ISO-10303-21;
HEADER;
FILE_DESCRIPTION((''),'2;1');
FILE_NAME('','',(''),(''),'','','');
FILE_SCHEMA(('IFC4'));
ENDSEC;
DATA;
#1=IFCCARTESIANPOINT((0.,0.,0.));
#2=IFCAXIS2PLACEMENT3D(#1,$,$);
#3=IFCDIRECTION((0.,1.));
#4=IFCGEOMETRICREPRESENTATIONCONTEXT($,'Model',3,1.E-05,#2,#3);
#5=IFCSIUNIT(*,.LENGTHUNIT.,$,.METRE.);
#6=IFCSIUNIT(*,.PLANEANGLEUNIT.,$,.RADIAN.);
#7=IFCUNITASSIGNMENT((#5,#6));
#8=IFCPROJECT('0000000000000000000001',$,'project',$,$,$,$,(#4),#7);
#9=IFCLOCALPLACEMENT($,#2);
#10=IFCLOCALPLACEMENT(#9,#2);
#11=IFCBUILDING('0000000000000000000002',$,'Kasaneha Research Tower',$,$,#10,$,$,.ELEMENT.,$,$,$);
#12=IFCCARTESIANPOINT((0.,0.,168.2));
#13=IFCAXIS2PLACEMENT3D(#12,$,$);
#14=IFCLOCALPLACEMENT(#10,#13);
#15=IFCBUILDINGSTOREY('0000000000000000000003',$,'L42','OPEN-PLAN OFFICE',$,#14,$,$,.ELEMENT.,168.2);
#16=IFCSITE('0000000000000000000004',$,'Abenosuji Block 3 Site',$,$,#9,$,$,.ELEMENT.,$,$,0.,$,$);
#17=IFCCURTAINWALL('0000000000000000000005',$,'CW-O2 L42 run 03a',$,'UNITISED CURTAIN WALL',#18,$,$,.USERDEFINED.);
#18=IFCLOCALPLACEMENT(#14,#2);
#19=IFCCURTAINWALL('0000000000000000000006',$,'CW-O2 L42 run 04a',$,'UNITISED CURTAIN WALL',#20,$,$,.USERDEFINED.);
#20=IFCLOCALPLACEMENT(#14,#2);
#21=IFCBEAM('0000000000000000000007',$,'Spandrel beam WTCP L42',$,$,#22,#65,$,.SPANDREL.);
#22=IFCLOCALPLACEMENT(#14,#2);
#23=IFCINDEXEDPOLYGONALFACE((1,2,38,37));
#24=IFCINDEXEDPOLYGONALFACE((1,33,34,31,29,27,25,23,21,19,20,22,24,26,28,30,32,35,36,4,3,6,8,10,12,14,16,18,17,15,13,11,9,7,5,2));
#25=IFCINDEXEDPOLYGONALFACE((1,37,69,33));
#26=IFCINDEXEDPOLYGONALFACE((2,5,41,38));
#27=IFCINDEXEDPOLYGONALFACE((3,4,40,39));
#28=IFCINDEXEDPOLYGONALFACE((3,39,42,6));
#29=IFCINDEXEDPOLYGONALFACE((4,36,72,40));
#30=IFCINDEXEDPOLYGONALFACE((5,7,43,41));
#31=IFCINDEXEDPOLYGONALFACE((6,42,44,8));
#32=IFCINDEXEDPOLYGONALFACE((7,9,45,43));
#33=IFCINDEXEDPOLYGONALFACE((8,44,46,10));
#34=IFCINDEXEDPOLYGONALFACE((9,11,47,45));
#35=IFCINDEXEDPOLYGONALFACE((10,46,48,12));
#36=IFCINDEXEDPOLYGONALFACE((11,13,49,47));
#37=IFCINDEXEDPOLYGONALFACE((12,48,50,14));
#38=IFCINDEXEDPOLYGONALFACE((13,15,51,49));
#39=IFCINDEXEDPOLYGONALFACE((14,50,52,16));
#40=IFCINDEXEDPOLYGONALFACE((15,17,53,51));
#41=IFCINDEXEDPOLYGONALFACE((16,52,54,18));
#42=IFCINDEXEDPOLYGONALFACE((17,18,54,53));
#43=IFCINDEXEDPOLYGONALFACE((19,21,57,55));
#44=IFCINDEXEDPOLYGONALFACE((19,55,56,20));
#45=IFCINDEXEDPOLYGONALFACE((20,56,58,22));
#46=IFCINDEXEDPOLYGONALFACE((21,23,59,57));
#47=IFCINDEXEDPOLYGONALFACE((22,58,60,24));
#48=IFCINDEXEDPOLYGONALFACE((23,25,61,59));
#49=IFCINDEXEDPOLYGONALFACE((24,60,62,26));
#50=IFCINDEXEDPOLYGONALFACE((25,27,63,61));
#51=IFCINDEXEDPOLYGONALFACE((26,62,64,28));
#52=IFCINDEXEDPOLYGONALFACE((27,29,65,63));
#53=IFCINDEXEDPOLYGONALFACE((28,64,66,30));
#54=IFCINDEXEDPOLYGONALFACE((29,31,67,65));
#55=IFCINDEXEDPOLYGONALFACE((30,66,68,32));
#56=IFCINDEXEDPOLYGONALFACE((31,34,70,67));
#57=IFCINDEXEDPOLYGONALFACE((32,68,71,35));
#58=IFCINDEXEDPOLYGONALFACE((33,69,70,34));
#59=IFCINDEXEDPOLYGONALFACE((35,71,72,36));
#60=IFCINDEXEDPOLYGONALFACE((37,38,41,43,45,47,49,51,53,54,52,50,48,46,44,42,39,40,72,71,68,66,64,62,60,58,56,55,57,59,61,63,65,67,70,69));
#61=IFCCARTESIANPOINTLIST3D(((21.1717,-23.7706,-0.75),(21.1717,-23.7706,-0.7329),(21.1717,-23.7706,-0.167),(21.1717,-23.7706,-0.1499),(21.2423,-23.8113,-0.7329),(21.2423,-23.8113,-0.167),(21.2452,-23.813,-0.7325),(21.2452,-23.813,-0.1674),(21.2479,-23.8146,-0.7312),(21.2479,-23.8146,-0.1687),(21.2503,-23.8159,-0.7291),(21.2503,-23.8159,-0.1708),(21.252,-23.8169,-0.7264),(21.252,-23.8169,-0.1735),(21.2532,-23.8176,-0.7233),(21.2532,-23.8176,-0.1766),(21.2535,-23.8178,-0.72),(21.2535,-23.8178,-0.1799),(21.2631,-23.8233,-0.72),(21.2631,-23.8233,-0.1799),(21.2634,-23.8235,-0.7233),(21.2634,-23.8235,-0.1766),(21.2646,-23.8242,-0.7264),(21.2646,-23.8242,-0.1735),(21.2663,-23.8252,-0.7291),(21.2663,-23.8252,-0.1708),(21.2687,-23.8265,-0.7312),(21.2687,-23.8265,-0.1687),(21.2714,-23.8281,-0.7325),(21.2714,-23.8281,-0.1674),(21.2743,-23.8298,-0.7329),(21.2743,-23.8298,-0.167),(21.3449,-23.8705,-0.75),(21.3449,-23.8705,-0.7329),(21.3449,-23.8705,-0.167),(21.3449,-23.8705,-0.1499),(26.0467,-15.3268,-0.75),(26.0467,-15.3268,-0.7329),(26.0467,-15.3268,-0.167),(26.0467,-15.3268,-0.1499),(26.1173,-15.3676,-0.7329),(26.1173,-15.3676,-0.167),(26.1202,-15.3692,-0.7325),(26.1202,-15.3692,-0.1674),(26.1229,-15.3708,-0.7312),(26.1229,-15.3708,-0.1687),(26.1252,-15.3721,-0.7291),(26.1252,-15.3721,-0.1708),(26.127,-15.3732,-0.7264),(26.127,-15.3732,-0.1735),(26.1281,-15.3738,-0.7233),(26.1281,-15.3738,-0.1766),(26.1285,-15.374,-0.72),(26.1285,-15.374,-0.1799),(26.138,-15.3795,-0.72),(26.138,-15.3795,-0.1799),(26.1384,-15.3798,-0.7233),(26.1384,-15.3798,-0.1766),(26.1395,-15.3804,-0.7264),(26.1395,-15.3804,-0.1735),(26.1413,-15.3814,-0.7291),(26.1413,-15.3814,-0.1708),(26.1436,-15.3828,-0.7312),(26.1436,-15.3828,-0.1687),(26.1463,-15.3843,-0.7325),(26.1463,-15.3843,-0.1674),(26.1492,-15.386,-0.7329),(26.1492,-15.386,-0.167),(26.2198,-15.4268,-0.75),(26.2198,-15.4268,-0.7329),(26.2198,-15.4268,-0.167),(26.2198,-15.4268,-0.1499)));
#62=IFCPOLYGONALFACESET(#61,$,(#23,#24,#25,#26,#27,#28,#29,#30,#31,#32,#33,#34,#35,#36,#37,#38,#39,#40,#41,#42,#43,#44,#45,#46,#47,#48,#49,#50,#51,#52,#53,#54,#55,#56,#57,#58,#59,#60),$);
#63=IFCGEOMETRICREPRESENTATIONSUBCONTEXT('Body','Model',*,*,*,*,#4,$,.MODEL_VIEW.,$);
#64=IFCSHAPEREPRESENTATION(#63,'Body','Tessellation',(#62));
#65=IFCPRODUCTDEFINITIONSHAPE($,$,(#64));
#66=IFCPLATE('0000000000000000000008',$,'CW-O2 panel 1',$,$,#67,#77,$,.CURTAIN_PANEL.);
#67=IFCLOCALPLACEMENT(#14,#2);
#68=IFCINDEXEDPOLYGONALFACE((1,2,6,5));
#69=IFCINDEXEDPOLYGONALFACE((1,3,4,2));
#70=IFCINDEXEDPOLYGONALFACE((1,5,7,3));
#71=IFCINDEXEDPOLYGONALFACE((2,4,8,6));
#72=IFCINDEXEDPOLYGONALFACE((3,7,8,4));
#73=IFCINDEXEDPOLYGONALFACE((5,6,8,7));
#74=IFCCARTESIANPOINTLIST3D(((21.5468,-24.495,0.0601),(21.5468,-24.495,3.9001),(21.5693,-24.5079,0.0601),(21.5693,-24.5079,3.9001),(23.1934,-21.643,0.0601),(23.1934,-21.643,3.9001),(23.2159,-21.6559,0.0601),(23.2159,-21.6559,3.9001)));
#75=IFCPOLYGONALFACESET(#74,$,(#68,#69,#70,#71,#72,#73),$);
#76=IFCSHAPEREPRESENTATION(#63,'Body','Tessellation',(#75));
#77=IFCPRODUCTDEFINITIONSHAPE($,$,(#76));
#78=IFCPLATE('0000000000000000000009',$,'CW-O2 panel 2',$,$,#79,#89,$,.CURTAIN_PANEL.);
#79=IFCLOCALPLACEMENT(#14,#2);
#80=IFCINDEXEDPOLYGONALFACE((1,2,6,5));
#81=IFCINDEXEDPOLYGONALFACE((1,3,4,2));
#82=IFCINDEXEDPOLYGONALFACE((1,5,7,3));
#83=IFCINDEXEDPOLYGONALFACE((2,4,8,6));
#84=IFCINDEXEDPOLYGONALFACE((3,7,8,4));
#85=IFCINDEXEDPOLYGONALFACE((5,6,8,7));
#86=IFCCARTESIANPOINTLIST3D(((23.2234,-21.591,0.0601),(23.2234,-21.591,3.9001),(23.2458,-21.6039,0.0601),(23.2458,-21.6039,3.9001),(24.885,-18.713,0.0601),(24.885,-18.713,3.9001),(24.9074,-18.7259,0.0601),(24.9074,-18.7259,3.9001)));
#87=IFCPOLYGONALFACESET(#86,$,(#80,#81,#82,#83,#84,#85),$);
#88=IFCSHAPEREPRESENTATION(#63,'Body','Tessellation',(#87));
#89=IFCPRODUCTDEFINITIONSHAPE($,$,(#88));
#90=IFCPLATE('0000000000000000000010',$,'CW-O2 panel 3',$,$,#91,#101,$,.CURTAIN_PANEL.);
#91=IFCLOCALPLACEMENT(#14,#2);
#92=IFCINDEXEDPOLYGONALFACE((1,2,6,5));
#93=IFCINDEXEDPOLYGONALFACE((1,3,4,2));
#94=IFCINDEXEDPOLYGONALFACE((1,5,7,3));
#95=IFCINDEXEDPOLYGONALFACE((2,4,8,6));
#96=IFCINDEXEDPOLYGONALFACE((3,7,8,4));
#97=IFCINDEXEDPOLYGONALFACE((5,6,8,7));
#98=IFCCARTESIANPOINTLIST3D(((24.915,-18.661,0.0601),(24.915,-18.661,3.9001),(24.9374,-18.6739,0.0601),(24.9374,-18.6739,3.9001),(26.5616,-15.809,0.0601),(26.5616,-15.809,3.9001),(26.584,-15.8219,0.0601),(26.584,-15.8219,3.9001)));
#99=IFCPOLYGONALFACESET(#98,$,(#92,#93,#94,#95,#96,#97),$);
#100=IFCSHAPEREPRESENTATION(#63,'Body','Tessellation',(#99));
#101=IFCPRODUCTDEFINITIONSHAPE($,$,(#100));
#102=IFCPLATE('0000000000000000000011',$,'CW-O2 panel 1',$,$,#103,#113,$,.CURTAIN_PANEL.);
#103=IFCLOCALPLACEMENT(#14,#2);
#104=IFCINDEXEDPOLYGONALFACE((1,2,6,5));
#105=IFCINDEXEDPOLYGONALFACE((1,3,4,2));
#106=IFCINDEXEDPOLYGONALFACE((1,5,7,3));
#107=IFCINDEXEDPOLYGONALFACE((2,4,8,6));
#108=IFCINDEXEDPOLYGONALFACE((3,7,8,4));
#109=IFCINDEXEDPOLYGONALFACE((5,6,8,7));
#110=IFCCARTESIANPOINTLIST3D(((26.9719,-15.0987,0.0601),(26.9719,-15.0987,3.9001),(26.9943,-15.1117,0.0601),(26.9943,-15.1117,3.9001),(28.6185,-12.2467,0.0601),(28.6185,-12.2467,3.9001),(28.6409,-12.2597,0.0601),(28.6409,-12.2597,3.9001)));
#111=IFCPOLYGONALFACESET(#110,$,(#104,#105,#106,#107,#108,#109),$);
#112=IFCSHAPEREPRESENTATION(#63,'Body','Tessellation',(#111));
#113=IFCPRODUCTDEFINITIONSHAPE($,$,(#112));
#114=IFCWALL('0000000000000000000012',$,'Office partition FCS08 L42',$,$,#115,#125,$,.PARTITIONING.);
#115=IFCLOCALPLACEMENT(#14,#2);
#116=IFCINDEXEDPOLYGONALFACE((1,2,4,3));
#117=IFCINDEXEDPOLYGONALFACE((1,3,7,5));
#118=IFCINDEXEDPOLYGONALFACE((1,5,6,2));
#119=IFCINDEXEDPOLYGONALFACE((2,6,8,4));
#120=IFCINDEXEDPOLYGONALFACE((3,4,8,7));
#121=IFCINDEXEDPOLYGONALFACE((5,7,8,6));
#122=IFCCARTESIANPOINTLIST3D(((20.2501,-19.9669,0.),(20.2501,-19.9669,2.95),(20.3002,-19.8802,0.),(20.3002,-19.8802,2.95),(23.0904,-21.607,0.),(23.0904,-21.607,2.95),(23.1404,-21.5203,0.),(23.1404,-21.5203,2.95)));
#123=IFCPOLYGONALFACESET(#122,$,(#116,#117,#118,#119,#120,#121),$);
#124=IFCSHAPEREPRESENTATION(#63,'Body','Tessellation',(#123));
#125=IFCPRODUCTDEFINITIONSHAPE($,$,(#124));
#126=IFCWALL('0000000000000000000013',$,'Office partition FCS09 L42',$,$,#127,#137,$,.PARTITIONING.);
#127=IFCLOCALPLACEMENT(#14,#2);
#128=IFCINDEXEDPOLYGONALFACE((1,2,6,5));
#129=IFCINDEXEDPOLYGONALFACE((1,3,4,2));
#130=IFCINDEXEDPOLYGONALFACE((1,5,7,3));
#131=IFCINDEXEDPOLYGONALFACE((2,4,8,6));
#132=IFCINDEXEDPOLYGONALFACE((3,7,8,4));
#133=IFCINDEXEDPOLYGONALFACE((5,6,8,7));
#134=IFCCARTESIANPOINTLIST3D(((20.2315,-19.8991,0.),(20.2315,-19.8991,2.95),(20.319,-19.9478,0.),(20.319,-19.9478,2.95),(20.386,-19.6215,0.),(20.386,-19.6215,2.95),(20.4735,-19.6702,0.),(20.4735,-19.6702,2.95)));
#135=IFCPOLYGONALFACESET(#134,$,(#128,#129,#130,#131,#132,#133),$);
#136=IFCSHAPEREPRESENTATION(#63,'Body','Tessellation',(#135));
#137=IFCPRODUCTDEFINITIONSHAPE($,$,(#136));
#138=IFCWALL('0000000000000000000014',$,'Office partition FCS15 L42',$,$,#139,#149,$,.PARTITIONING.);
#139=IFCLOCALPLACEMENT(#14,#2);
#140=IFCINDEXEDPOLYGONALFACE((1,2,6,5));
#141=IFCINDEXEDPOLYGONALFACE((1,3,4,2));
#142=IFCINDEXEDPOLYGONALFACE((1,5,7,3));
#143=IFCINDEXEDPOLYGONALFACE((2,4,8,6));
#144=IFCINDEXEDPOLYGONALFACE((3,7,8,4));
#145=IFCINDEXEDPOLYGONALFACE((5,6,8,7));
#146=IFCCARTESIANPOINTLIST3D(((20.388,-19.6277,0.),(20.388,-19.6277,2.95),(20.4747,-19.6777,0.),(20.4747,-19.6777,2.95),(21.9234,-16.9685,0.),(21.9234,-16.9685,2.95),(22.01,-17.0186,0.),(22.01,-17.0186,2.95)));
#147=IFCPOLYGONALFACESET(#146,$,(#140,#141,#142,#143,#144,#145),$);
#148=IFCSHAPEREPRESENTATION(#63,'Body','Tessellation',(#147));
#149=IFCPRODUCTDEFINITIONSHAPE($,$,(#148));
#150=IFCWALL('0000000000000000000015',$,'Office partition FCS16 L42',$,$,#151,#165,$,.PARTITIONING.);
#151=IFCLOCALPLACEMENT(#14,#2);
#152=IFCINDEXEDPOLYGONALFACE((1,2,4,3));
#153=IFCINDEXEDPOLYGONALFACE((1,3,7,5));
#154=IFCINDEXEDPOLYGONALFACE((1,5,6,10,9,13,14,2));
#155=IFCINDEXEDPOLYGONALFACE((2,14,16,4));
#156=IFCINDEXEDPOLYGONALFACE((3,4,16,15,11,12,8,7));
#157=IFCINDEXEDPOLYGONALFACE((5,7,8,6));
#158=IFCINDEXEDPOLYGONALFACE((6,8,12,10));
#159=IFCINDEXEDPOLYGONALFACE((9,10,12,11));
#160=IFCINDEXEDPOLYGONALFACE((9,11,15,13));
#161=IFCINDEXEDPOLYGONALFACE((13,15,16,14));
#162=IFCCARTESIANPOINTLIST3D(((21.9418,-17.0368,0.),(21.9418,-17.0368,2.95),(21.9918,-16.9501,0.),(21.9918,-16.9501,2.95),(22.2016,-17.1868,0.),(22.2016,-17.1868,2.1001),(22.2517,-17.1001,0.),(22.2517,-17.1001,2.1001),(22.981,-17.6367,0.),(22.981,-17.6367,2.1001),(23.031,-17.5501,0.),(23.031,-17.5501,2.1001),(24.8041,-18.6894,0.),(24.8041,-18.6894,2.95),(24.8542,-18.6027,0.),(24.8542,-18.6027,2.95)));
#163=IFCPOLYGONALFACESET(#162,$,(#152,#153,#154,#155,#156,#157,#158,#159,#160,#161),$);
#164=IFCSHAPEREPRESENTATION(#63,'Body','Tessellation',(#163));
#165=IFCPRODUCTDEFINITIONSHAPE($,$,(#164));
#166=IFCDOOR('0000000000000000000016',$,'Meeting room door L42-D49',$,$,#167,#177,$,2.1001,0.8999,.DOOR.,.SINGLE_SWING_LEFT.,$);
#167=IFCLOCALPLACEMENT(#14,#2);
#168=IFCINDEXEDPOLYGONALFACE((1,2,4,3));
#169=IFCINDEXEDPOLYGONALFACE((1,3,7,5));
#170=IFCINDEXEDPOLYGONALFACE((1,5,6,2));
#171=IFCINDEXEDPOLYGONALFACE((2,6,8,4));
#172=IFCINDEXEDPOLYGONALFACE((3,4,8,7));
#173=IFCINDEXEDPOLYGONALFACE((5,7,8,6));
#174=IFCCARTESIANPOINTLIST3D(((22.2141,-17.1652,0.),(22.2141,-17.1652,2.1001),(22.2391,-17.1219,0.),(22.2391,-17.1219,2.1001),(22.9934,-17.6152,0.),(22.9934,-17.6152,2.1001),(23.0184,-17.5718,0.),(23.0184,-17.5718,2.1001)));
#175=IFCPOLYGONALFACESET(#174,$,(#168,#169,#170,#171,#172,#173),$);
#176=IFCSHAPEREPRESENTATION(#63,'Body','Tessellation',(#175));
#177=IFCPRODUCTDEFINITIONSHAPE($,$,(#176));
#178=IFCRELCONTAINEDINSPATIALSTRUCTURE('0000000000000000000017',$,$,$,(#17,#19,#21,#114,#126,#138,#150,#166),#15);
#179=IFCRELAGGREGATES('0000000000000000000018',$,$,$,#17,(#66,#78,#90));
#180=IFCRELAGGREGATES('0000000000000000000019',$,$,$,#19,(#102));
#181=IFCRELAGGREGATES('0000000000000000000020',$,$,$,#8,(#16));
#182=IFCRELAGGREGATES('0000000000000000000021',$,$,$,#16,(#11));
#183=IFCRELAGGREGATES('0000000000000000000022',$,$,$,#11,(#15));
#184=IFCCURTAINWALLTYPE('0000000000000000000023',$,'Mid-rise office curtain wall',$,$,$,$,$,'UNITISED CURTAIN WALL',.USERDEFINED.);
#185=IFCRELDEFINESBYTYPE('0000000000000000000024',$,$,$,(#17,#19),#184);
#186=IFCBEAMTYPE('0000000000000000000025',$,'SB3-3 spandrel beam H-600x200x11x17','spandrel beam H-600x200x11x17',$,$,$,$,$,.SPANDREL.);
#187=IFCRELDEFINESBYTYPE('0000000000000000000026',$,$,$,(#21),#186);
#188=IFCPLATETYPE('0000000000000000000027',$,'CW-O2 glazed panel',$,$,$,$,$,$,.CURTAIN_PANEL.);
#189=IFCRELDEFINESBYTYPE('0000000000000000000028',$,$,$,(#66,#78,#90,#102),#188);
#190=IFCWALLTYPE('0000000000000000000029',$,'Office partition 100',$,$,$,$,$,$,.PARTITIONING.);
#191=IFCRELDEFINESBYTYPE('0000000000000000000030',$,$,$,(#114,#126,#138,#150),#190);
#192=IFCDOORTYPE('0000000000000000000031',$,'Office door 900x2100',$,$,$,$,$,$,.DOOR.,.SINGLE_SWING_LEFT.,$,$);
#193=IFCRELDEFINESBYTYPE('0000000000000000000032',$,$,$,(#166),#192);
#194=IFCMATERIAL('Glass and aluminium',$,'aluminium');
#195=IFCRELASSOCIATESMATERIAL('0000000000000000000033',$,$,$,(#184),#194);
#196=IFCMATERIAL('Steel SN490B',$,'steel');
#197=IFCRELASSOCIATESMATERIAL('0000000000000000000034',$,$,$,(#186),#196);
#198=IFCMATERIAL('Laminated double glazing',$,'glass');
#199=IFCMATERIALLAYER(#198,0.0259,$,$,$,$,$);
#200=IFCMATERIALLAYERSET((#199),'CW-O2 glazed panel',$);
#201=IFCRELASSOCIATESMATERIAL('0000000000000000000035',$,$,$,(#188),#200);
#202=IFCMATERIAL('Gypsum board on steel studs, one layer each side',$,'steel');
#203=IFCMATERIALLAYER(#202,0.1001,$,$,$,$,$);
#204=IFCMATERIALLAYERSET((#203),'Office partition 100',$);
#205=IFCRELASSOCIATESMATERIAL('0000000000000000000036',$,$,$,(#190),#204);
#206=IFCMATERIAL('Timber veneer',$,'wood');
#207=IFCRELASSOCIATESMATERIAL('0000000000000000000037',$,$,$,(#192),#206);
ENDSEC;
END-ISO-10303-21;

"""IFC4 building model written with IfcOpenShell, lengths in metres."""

from ifc_helpers import new_model, si_unit, direction, frame, frame_2d, origin, origin_2d, place, context, subcontext, project, spatial, rectangle, i_section, extrude, material, layer, layer_set, material_profile, profile_set, type_object, element, fill, aggregate, save


model = new_model("IFC4")

# Units and contexts
model_context = context("Model", 3, precision=1e-05, world=origin(), true_north=direction((0.0, 1.0)))
body_context = subcontext(model_context, "Body", "Model", "MODEL_VIEW")
ifc_project = project(units=[si_unit("LENGTHUNIT", "METRE"), si_unit("PLANEANGLEUNIT", "RADIAN")], contexts=[model_context])

# Site, building, storey
site_placement = place(None, origin())
site = spatial("IfcSite", under=ifc_project, at=site_placement, Name="Abenosuji Block 3 Site", CompositionType="ELEMENT", RefElevation=0.0)
building_placement = place(site_placement, origin())
building = spatial("IfcBuilding", under=site, at=building_placement, Name="Kasaneha Research Tower", CompositionType="ELEMENT")
storey_placement = place(building_placement, frame((0.0, 0.0, 168.2)))
storey = spatial("IfcBuildingStorey", under=building, at=storey_placement, Name="L42", Description="OPEN-PLAN OFFICE", CompositionType="ELEMENT", Elevation=168.2)

# Shared definitions
ifc_material_1 = material(Name="Glass and aluminium", Category="aluminium")
curtain_wall_type = type_object("IfcCurtainWallType", Name="Mid-rise office curtain wall", ElementType="UNITISED CURTAIN WALL", PredefinedType="USERDEFINED", material=ifc_material_1)

# Curtain walls
curtain_wall_1_placement = place(storey_placement, origin())
curtain_wall_1 = element("IfcCurtainWall", 1, at=curtain_wall_1_placement, inside=storey, type_object=curtain_wall_type, Name="CW-O2 L42 run 03a", ObjectType="UNITISED CURTAIN WALL", PredefinedType="USERDEFINED")
curtain_wall_2_placement = place(storey_placement, origin())
curtain_wall_2 = element("IfcCurtainWall", 2, at=curtain_wall_2_placement, inside=storey, type_object=curtain_wall_type, Name="CW-O2 L42 run 04a", ObjectType="UNITISED CURTAIN WALL", PredefinedType="USERDEFINED")

# Beam
ifc_material_2 = material(Name="Steel SN490B", Category="steel")
ifc_material_profile_1 = material_profile(ifc_material_2, i_section(OverallWidth=0.2, OverallDepth=0.6001, WebThickness=0.011, FlangeThickness=0.0171, FilletRadius=0.0129, at=origin_2d()), Name="H-600x200x11x17")
ifc_profile_set_1 = profile_set([ifc_material_profile_1], Name="Steel SN490B")
beam_type = type_object("IfcBeamType", Name="SB3-3 spandrel beam H-600x200x11x17", Description="spandrel beam H-600x200x11x17", PredefinedType="SPANDREL", material=ifc_profile_set_1)
beam_placement = place(storey_placement, frame((21.2583, -23.8206, -0.45), z_axis=(0.499996, 0.866028, 0.0), x_axis=(-0.866028, 0.499996, 0.0)))
element("IfcBeam", 3, at=beam_placement, inside=storey, type_object=beam_type, Name="Spandrel beam WTCP L42", PredefinedType="SPANDREL", context=body_context, shape_type="SweptSolid", body=[
    extrude(i_section(OverallWidth=0.2, OverallDepth=0.6001, WebThickness=0.011, FlangeThickness=0.0171, FilletRadius=0.0129, at=origin_2d()), origin(), (0.0, 0.0, 1.0), 9.75),
])

# Plates
ifc_material_3 = material(Name="Laminated double glazing", Category="glass")
ifc_layer_1 = layer(ifc_material_3, 0.0259)
ifc_layer_set_1 = layer_set([ifc_layer_1], Name="CW-O2 glazed panel")
plate_type = type_object("IfcPlateType", Name="CW-O2 glazed panel", PredefinedType="CURTAIN_PANEL", material=ifc_layer_set_1)
plate_1_placement = place(storey_placement, frame((22.3813, -23.0754, 0.0601), z_axis=(0.0, 0.0, 1.0), x_axis=(0.5, 0.866025, 0.0)))
plate_1 = element("IfcPlate", 4, at=plate_1_placement, type_object=plate_type, Name="CW-O2 panel 1", PredefinedType="CURTAIN_PANEL", context=body_context, shape_type="SweptSolid", body=[
    extrude(rectangle(XDim=3.2932, YDim=0.0259, at=origin_2d()), origin(), (0.0, 0.0, 1.0), 3.8401),
])
plate_2_placement = place(storey_placement, frame((24.0654, -20.1584, 0.0601), z_axis=(0.0, 0.0, 1.0), x_axis=(0.5, 0.866025, 0.0)))
plate_2 = element("IfcPlate", 5, at=plate_2_placement, type_object=plate_type, Name="CW-O2 panel 2", PredefinedType="CURTAIN_PANEL", context=body_context, shape_type="SweptSolid", body=[
    extrude(rectangle(XDim=3.3232, YDim=0.0259, at=origin_2d()), origin(), (0.0, 0.0, 1.0), 3.8401),
])
plate_3_placement = place(storey_placement, frame((25.7495, -17.2415, 0.0601), z_axis=(0.0, 0.0, 1.0), x_axis=(0.5, 0.866025, 0.0)))
plate_3 = element("IfcPlate", 6, at=plate_3_placement, type_object=plate_type, Name="CW-O2 panel 3", PredefinedType="CURTAIN_PANEL", context=body_context, shape_type="SweptSolid", body=[
    extrude(rectangle(XDim=3.2932, YDim=0.0259, at=origin_2d()), origin(), (0.0, 0.0, 1.0), 3.8401),
])
aggregate(curtain_wall_1, [plate_1, plate_2, plate_3])
plate_4_placement = place(storey_placement, frame((27.8064, -13.6792, 0.0601), z_axis=(0.0, 0.0, 1.0), x_axis=(0.5, 0.866025, 0.0)))
plate_4 = element("IfcPlate", 7, at=plate_4_placement, type_object=plate_type, Name="CW-O2 panel 1", PredefinedType="CURTAIN_PANEL", context=body_context, shape_type="SweptSolid", body=[
    extrude(rectangle(XDim=3.2932, YDim=0.0259, at=origin_2d()), origin(), (0.0, 0.0, 1.0), 3.8401),
])
aggregate(curtain_wall_2, [plate_4])

# Walls
ifc_material_4 = material(Name="Gypsum board on steel studs, one layer each side", Category="steel")
ifc_layer_2 = layer(ifc_material_4, 0.1001)
ifc_layer_set_2 = layer_set([ifc_layer_2], Name="Office partition 100")
wall_type_1 = type_object("IfcWallType", Name="Office partition 100", PredefinedType="PARTITIONING", material=ifc_layer_set_2)
wall_1_placement = place(storey_placement, frame((20.2751, -19.9236, 0.0), z_axis=(0.0, 0.0, 1.0), x_axis=(0.86599, -0.500062, 0.0)))
element("IfcWall", 8, at=wall_1_placement, inside=storey, type_object=wall_type_1, Name="Office partition FCS08 L42", PredefinedType="PARTITIONING", context=body_context, shape_type="SweptSolid", body=[
    extrude(rectangle(XDim=3.2798, YDim=0.1001, at=frame_2d((1.6399, 0.0))), origin(), (0.0, 0.0, 1.0), 2.95),
])
wall_2_placement = place(storey_placement, frame((20.4297, -19.646, 0.0), z_axis=(0.0, 0.0, 1.0), x_axis=(-0.486426, -0.873722, 0.0)))
element("IfcWall", 9, at=wall_2_placement, inside=storey, type_object=wall_type_1, Name="Office partition FCS09 L42", PredefinedType="PARTITIONING", context=body_context, shape_type="SweptSolid", body=[
    extrude(rectangle(XDim=0.3176, YDim=0.1001, at=frame_2d((0.1587, 0.0))), origin(), (0.0, 0.0, 1.0), 2.95),
])
wall_3_placement = place(storey_placement, frame((20.4314, -19.6526, 0.0), z_axis=(0.0, 0.0, 1.0), x_axis=(0.50003, 0.866008, 0.0)))
element("IfcWall", 10, at=wall_3_placement, inside=storey, type_object=wall_type_1, Name="Office partition FCS15 L42", PredefinedType="PARTITIONING", context=body_context, shape_type="SweptSolid", body=[
    extrude(rectangle(XDim=3.0706, YDim=0.1001, at=frame_2d((1.5352, 0.0))), origin(), (0.0, 0.0, 1.0), 2.95),
])

# Wall, opening, door
wall_4_placement = place(storey_placement, frame((21.9668, -16.9934, 0.0), z_axis=(0.0, 0.0, 1.0), x_axis=(0.866021, -0.500008, 0.0)))
wall_4 = element("IfcWall", 11, at=wall_4_placement, inside=storey, type_object=wall_type_1, Name="Office partition FCS16 L42", PredefinedType="PARTITIONING", context=body_context, shape_type="SweptSolid", body=[
    extrude(rectangle(XDim=3.3052, YDim=0.1001, at=frame_2d((1.6526, 0.0))), origin(), (0.0, 0.0, 1.0), 2.95),
])
opening_1_placement = place(wall_4_placement, frame((0.3, 0.0, 0.0)))
opening_1 = element("IfcOpeningElement", 12, at=opening_1_placement, cuts=wall_4, PredefinedType="OPENING", context=body_context, shape_type="SweptSolid", body=[
    extrude(rectangle(XDim=0.8999, YDim=2.1001, at=frame_2d((0.45, 1.05))), frame((0.0, 0.0601, 0.0), z_axis=(0.0, -1.0, 0.0), x_axis=(1.0, 0.0, 0.0)), (0.0, 0.0, 1.0), 0.1201),
])
ifc_material_5 = material(Name="Timber veneer", Category="wood")
door_type_1 = type_object("IfcDoorType", Name="Office door 900x2100", OperationType="SINGLE_SWING_LEFT", PredefinedType="DOOR", material=ifc_material_5)
door_1_placement = place(opening_1_placement, origin())
door_1 = element("IfcDoor", 13, at=door_1_placement, inside=storey, type_object=door_type_1, Name="Meeting room door L42-D49", OperationType="SINGLE_SWING_LEFT", OverallHeight=2.1001, OverallWidth=0.8999, PredefinedType="DOOR", context=body_context, shape_type="SweptSolid", body=[
    extrude(rectangle(XDim=0.8999, YDim=2.1001, at=frame_2d((0.45, 1.05))), frame((0.0, 0.0249, 0.0), z_axis=(0.0, -1.0, 0.0), x_axis=(1.0, 0.0, 0.0)), (0.0, 0.0, 1.0), 0.05),
])
fill(opening_1, door_1)

save(model, "model.ifc")
